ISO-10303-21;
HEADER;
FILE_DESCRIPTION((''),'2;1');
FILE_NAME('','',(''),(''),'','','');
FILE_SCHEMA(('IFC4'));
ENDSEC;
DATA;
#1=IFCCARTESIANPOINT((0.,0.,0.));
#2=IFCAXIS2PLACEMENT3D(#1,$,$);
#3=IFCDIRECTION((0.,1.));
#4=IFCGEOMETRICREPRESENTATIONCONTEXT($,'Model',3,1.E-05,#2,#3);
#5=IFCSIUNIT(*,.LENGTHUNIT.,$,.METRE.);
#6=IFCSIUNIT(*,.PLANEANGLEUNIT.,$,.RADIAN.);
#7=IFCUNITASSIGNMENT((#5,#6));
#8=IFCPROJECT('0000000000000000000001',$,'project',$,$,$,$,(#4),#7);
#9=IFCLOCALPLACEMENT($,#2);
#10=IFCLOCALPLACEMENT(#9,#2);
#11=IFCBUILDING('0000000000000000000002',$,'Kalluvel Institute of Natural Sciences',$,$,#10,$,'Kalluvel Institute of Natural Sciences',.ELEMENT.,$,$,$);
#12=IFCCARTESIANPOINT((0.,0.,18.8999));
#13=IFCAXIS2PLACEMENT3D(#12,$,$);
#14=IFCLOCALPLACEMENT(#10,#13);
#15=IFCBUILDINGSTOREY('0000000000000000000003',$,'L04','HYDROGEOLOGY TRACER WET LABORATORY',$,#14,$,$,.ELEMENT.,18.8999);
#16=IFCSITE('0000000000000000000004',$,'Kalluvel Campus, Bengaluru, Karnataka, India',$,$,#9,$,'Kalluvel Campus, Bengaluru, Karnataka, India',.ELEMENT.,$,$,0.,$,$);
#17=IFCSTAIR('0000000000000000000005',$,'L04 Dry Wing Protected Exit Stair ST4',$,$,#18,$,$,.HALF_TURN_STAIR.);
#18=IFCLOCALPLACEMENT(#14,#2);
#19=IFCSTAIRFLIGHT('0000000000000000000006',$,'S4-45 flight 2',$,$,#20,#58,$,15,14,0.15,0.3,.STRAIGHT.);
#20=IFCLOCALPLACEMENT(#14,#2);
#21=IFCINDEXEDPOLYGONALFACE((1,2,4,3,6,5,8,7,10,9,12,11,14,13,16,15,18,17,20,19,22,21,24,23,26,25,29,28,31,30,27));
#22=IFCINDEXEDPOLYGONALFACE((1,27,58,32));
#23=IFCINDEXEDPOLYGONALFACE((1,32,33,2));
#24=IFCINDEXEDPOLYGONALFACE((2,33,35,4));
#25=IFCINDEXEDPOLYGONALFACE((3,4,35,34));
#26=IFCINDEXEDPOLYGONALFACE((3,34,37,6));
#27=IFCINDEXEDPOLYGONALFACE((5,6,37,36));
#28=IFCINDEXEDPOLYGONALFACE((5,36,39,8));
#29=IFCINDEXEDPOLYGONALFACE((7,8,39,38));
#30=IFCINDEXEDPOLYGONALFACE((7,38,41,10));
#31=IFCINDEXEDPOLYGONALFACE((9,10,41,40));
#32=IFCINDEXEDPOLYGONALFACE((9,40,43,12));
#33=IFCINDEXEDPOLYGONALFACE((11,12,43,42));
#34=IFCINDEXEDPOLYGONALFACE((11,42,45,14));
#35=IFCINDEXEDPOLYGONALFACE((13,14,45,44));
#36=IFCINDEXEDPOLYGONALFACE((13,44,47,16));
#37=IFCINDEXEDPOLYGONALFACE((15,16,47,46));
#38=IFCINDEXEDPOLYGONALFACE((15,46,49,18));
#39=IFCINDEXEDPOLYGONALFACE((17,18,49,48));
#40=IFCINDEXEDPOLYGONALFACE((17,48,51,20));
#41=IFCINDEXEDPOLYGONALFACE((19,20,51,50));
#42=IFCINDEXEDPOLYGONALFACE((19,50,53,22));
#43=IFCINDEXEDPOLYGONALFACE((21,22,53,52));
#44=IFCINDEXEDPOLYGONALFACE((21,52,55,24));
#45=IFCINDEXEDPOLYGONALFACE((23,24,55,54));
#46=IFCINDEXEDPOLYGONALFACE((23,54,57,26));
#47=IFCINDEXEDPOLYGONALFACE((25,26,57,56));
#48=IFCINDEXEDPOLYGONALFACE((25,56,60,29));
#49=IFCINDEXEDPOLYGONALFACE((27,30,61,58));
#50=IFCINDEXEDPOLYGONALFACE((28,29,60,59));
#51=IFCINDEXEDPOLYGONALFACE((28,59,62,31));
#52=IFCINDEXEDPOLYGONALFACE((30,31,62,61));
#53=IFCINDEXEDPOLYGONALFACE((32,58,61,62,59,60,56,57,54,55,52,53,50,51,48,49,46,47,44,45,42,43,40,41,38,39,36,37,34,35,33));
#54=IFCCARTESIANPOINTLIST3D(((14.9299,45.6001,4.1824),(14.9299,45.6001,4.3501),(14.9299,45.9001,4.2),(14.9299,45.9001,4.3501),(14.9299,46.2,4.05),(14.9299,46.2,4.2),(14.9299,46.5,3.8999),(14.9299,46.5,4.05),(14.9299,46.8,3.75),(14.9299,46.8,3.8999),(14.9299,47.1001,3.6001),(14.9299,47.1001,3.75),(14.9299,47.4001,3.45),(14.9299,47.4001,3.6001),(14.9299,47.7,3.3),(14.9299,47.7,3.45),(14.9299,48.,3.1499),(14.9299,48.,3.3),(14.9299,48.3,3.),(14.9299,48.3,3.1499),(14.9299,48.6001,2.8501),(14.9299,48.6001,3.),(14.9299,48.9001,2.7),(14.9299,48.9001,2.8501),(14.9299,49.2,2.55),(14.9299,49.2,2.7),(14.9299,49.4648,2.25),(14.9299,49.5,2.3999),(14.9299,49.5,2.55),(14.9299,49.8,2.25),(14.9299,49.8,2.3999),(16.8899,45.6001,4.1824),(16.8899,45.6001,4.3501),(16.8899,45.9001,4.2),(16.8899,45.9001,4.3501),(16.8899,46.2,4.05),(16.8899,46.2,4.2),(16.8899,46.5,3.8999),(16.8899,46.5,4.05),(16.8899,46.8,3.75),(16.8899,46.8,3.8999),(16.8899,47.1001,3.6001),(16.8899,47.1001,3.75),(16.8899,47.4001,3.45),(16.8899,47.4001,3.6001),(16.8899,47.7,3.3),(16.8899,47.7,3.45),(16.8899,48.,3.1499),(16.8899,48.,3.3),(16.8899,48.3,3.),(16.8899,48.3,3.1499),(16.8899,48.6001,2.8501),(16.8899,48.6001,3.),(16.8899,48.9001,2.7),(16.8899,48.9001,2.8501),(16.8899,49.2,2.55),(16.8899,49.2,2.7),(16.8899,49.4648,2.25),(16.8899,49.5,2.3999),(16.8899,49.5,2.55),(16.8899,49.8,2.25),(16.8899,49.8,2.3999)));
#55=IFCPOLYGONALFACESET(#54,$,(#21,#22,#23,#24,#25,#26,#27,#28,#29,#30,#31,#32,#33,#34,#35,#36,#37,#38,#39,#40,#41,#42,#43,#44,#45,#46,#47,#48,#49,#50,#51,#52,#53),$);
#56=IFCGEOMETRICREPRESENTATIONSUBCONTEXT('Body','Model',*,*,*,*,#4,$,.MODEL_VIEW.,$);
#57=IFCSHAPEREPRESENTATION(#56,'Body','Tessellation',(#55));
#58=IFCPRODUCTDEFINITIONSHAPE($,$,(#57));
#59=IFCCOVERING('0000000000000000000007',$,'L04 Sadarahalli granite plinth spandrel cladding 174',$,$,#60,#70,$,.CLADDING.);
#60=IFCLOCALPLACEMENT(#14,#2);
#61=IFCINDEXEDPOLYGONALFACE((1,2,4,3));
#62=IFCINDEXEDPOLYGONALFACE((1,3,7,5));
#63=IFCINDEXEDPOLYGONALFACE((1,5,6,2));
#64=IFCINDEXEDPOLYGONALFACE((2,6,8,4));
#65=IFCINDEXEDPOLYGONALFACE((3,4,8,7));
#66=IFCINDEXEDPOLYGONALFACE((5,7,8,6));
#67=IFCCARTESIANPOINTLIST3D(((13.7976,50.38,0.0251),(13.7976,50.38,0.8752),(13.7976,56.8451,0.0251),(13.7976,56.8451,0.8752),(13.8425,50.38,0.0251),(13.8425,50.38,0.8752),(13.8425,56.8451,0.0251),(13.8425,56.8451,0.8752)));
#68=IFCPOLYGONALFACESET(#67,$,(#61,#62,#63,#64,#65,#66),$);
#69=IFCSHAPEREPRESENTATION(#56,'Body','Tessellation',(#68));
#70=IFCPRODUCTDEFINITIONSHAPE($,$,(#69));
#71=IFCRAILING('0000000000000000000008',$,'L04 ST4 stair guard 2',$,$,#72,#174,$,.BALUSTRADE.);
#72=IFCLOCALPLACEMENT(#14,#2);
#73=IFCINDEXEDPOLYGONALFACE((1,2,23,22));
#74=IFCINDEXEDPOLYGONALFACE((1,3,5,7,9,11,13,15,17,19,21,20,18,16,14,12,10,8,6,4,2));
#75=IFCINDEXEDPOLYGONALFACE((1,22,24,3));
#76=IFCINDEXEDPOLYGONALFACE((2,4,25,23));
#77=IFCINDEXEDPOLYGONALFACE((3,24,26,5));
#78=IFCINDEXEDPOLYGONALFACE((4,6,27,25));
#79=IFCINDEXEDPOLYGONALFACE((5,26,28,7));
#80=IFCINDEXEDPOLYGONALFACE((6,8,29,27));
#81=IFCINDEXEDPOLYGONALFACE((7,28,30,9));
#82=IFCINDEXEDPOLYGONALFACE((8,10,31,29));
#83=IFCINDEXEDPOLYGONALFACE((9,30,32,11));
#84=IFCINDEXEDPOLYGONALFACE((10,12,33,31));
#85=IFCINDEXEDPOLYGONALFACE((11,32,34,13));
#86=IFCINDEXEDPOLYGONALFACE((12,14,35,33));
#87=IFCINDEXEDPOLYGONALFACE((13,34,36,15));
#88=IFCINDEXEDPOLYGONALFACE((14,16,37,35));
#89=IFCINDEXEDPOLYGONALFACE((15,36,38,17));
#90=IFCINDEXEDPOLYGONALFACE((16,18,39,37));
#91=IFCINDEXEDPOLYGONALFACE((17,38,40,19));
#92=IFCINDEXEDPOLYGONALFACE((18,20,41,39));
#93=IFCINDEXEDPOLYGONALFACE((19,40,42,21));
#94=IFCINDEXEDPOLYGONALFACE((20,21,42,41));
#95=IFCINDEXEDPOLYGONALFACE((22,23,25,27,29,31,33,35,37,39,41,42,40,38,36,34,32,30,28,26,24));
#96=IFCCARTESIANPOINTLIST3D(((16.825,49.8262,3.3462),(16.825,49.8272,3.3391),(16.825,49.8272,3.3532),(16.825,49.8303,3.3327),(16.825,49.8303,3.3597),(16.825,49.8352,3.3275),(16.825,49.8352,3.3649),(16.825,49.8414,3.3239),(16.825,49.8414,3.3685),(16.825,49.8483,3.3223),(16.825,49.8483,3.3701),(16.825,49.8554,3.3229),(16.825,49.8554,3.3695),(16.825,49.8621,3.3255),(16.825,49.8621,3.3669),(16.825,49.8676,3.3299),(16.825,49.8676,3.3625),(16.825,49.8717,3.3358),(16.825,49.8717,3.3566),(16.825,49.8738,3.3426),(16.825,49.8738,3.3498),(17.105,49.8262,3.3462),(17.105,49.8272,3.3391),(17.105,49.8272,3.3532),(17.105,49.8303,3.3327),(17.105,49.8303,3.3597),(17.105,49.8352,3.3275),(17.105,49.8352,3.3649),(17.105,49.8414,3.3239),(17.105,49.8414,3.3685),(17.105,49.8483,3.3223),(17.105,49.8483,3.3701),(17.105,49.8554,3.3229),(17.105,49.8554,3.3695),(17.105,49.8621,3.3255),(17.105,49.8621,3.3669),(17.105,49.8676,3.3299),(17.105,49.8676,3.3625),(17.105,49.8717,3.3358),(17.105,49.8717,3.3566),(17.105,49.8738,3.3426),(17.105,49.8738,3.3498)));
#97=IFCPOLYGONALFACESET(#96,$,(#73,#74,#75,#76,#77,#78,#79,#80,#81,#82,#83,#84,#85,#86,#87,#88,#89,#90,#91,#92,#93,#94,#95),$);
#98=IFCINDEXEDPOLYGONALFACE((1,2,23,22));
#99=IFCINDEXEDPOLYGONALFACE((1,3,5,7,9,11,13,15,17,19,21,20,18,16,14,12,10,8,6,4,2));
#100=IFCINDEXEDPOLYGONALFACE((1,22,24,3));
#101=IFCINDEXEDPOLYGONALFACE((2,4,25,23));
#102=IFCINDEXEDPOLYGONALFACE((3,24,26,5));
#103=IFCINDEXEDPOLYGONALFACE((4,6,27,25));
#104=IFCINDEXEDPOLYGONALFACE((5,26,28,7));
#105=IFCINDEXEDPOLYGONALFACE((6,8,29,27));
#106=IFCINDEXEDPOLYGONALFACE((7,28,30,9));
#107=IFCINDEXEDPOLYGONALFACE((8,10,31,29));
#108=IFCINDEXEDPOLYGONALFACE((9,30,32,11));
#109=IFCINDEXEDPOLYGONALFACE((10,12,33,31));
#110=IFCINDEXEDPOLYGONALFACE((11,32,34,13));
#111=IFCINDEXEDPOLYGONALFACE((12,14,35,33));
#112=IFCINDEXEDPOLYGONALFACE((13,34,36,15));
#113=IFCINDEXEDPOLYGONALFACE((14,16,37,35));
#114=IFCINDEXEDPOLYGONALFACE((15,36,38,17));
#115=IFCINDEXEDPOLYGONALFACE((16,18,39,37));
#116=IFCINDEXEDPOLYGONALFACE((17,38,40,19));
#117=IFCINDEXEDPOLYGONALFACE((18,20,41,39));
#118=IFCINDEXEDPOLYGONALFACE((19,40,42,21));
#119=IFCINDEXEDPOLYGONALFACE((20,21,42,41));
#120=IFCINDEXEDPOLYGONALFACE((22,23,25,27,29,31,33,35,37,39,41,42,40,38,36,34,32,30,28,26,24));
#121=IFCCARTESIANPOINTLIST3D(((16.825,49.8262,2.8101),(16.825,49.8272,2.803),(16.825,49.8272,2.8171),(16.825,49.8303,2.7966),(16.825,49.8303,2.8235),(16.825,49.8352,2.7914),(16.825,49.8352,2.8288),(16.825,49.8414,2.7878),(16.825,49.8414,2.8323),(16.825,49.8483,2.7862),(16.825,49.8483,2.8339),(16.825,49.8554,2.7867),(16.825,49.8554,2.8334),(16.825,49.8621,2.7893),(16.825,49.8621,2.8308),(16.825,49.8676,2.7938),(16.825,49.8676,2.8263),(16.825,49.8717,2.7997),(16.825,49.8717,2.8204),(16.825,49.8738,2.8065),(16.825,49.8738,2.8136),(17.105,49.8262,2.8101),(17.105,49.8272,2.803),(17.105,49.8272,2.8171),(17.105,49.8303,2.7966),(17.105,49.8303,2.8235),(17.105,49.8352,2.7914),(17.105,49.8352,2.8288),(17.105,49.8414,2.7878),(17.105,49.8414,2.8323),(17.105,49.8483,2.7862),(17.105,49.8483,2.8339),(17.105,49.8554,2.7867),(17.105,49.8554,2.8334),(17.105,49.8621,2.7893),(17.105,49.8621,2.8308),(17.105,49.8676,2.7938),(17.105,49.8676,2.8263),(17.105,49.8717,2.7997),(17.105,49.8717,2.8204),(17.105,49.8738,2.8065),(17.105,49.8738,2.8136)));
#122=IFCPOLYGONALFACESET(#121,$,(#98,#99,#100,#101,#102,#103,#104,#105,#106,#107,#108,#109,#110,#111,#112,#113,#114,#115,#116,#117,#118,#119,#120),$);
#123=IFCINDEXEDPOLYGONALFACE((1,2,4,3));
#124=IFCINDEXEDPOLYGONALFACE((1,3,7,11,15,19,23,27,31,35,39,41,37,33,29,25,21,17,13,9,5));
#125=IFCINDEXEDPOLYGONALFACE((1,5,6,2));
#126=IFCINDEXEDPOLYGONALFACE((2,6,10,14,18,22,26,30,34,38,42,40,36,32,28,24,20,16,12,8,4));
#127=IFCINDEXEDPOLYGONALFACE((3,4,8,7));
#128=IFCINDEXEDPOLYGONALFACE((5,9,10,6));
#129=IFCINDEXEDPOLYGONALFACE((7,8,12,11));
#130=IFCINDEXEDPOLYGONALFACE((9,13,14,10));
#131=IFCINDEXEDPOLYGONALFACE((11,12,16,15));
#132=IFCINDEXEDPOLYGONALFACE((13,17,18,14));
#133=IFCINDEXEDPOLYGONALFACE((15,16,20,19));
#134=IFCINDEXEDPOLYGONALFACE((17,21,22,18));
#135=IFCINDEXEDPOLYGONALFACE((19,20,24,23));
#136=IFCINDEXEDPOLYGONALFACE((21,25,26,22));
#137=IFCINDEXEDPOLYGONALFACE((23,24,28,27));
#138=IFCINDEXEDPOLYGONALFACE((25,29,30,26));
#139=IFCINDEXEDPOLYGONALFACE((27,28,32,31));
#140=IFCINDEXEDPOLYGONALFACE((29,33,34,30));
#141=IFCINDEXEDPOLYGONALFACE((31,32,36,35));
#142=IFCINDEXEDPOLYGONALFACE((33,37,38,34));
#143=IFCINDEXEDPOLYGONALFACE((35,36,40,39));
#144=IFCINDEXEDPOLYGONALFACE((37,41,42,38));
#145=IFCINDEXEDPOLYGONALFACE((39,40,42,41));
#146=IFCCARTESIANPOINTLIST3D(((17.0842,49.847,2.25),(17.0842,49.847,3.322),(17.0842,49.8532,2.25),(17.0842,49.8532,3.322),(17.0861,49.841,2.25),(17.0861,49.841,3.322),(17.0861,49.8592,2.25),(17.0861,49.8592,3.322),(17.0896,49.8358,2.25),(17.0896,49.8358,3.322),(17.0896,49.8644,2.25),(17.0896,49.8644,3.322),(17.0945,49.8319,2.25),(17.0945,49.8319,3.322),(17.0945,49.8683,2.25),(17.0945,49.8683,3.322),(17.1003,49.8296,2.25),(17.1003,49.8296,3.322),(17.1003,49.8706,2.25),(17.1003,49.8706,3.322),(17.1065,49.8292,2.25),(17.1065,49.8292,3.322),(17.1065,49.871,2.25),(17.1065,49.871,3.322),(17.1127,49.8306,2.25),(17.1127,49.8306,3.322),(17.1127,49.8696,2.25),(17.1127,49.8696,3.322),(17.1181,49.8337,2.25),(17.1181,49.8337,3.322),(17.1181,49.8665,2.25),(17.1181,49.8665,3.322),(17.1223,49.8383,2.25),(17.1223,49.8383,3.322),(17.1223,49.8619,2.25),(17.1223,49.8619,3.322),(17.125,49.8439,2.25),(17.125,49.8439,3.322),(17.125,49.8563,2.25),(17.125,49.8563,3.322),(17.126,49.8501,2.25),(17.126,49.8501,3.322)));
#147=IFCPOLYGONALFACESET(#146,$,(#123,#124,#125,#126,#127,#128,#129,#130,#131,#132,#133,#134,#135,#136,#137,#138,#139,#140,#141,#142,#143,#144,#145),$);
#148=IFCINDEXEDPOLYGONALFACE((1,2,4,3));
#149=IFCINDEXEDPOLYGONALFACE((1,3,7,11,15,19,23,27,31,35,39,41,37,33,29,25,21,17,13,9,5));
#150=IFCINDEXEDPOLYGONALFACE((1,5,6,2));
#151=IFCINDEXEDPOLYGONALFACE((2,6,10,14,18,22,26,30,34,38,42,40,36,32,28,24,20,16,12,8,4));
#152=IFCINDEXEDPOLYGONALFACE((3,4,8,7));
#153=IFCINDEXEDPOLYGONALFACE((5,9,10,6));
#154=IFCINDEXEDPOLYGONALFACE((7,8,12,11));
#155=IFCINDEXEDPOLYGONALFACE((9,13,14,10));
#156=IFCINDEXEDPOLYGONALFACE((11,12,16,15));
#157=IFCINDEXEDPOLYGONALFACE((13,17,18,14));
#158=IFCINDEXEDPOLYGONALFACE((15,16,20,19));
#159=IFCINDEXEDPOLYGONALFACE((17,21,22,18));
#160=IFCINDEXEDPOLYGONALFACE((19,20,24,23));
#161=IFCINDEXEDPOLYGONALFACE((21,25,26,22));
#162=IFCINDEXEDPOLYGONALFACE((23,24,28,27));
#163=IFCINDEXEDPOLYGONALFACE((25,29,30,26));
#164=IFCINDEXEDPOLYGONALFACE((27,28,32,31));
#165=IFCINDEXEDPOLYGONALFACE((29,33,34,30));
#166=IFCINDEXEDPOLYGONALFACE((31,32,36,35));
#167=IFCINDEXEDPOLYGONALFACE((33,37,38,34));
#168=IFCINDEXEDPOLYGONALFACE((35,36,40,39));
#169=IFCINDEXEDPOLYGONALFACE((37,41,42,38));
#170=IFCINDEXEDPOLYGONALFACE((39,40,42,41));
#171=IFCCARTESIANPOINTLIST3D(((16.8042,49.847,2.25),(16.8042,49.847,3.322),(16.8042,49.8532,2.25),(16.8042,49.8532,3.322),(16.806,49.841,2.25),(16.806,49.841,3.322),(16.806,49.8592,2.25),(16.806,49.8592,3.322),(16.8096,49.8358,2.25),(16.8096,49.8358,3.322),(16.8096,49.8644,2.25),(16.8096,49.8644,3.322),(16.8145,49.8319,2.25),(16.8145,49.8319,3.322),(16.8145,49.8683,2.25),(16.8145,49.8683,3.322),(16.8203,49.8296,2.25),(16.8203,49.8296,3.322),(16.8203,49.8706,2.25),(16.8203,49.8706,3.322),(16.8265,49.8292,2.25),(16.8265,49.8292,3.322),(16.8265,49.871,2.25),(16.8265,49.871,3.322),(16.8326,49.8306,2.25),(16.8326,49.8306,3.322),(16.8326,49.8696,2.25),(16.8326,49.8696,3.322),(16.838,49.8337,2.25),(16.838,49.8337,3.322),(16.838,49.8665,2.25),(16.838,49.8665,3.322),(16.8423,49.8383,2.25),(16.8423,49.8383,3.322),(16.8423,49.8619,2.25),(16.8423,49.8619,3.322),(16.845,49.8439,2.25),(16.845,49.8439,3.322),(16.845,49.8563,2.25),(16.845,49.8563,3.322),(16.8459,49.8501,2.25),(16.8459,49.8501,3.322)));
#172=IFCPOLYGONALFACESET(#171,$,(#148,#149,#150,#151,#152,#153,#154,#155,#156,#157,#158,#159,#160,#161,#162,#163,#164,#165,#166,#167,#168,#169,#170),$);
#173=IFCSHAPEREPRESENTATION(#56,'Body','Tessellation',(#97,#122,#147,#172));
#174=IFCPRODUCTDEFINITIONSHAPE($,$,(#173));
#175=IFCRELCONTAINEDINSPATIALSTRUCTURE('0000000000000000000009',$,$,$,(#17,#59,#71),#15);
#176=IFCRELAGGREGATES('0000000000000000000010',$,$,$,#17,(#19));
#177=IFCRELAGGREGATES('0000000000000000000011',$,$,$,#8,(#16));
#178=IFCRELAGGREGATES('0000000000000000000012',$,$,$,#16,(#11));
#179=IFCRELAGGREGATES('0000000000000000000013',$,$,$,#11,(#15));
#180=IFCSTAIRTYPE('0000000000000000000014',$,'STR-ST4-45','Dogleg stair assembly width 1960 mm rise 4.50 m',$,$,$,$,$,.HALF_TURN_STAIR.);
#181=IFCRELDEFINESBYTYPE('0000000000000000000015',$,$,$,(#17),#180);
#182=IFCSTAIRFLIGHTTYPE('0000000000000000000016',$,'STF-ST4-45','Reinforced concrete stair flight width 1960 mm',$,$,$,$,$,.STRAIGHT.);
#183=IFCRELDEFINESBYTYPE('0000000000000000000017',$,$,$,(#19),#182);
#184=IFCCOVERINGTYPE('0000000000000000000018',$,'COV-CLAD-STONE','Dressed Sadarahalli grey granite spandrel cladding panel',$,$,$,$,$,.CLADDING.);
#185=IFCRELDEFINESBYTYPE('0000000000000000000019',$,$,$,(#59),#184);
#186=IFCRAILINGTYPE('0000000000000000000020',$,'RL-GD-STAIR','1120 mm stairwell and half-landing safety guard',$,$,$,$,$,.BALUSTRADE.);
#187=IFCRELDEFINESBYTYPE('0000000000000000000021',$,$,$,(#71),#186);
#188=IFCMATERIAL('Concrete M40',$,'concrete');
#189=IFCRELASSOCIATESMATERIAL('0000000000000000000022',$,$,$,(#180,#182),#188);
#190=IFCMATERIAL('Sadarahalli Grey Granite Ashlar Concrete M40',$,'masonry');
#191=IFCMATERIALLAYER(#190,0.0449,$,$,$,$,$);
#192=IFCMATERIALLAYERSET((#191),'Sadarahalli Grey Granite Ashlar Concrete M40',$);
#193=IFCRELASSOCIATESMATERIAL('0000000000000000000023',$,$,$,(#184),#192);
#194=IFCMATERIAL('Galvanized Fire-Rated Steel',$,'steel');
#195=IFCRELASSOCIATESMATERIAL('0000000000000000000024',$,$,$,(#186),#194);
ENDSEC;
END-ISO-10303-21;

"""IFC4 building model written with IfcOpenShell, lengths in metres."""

from ifc_helpers import new_model, si_unit, direction, frame, origin, origin_2d, place, context, subcontext, project, spatial, polyline, rectangle, circle, outline, extrude, material, layer, layer_set, type_object, element, aggregate, save


model = new_model("IFC4")

# Units and contexts
model_context = context("Model", 3, precision=1e-05, world=origin(), true_north=direction((0.0, 1.0)))
body_context = subcontext(model_context, "Body", "Model", "MODEL_VIEW")
ifc_project = project(units=[si_unit("LENGTHUNIT", "METRE"), si_unit("PLANEANGLEUNIT", "RADIAN")], contexts=[model_context])

# Site, building, storey
site_placement = place(None, origin())
site = spatial("IfcSite", under=ifc_project, at=site_placement, Name="Kalluvel Campus, Bengaluru, Karnataka, India", LongName="Kalluvel Campus, Bengaluru, Karnataka, India", CompositionType="ELEMENT", RefElevation=0.0)
building_placement = place(site_placement, origin())
building = spatial("IfcBuilding", under=site, at=building_placement, Name="Kalluvel Institute of Natural Sciences", LongName="Kalluvel Institute of Natural Sciences", CompositionType="ELEMENT")
storey_placement = place(building_placement, frame((0.0, 0.0, 18.8999)))
storey = spatial("IfcBuildingStorey", under=building, at=storey_placement, Name="L04", Description="HYDROGEOLOGY TRACER WET LABORATORY", CompositionType="ELEMENT", Elevation=18.8999)

# Shared definitions
ifc_material_1 = material(Name="Concrete M40", Category="concrete")

# Shared definitions
ifc_material_2 = material(Name="Sadarahalli Grey Granite Ashlar Concrete M40", Category="masonry")

# Shared definitions
ifc_material_3 = material(Name="Galvanized Fire-Rated Steel", Category="steel")

# Stair, stair flight
stair_type = type_object("IfcStairType", Name="STR-ST4-45", Description="Dogleg stair assembly width 1960 mm rise 4.50 m", PredefinedType="HALF_TURN_STAIR", material=ifc_material_1)
stair_placement = place(storey_placement, origin())
stair = element("IfcStair", 1, at=stair_placement, inside=storey, type_object=stair_type, Name="L04 Dry Wing Protected Exit Stair ST4", PredefinedType="HALF_TURN_STAIR")
stair_flight_type = type_object("IfcStairFlightType", Name="STF-ST4-45", Description="Reinforced concrete stair flight width 1960 mm", PredefinedType="STRAIGHT", material=ifc_material_1)
stair_flight_placement = place(storey_placement, frame((15.9099, 49.8, 2.25), z_axis=(0.0, 0.0, 1.0), x_axis=(0.0, -1.0, 0.0)))
stair_flight = element("IfcStairFlight", 2, at=stair_flight_placement, type_object=stair_flight_type, Name="S4-45 flight 2", NumberOfRisers=15, NumberOfTreads=14, PredefinedType="STRAIGHT", RiserHeight=0.15, TreadLength=0.3, context=body_context, shape_type="SweptSolid", body=[
    extrude(outline(polyline([(0.0, 0.0), (0.0, 0.1499), (0.3, 0.1499), (0.3, 0.3), (0.6001, 0.3), (0.6001, 0.45), (0.8999, 0.45), (0.8999, 0.6001), (1.2, 0.6001), (1.2, 0.75), (1.5, 0.75), (1.5, 0.8999), (1.8, 0.8999), (1.8, 1.05), (2.1001, 1.05), (2.1001, 1.2), (2.3999, 1.2), (2.3999, 1.3501), (2.7, 1.3501), (2.7, 1.5), (3.0, 1.5), (3.0, 1.6499), (3.3, 1.6499), (3.3, 1.8), (3.6001, 1.8), (3.6001, 1.95), (3.8999, 1.95), (3.8999, 2.1001), (4.2, 2.1001), (4.2, 2.25), (4.2, 1.9324), (0.3352, 0.0), (0.0, 0.0)])), frame((0.0, 0.98, 0.0), z_axis=(0.0, -1.0, 0.0), x_axis=(1.0, 0.0, 0.0)), (0.0, 0.0, 1.0), 1.96),
])
aggregate(stair, [stair_flight])

# Covering
ifc_layer_1 = layer(ifc_material_2, 0.0449)
ifc_layer_set_1 = layer_set([ifc_layer_1], Name="Sadarahalli Grey Granite Ashlar Concrete M40")
covering_type = type_object("IfcCoveringType", Name="COV-CLAD-STONE", Description="Dressed Sadarahalli grey granite spandrel cladding panel", PredefinedType="CLADDING", material=ifc_layer_set_1)
covering_placement = place(storey_placement, frame((13.8201, 53.6125, 0.0251), z_axis=(0.0, 0.0, 1.0), x_axis=(0.0, 1.0, 0.0)))
element("IfcCovering", 3, at=covering_placement, inside=storey, type_object=covering_type, Name="L04 Sadarahalli granite plinth spandrel cladding 174", PredefinedType="CLADDING", context=body_context, shape_type="SweptSolid", body=[
    extrude(rectangle(XDim=6.4651, YDim=0.0449, at=origin_2d()), origin(), (0.0, 0.0, 1.0), 0.8501),
])

# Railing
railing_type_1 = type_object("IfcRailingType", Name="RL-GD-STAIR", Description="1120 mm stairwell and half-landing safety guard", PredefinedType="BALUSTRADE", material=ifc_material_3)
railing_1_placement = place(storey_placement, frame((17.105, 49.8501, 2.25)))
element("IfcRailing", 4, at=railing_1_placement, inside=storey, type_object=railing_type_1, Name="L04 ST4 stair guard 2", PredefinedType="BALUSTRADE", context=body_context, shape_type="SweptSolid", body=[
    extrude(circle(Radius=0.0239, at=origin_2d()), frame((0.0, 0.0, 1.0962), z_axis=(-1.0, 0.0, 0.0), x_axis=(0.0, -1.0, 0.0)), (0.0, 0.0, 1.0), 0.28),
    extrude(circle(Radius=0.0239, at=origin_2d()), frame((0.0, 0.0, 0.5601), z_axis=(-1.0, 0.0, 0.0), x_axis=(0.0, -1.0, 0.0)), (0.0, 0.0, 1.0), 0.28),
    extrude(circle(Radius=0.021, at=origin_2d()), origin(), (0.0, 0.0, 1.0), 1.072),
    extrude(circle(Radius=0.021, at=origin_2d()), frame((-0.28, 0.0, 0.0)), (0.0, 0.0, 1.0), 1.072),
])

save(model, "model.ifc")
